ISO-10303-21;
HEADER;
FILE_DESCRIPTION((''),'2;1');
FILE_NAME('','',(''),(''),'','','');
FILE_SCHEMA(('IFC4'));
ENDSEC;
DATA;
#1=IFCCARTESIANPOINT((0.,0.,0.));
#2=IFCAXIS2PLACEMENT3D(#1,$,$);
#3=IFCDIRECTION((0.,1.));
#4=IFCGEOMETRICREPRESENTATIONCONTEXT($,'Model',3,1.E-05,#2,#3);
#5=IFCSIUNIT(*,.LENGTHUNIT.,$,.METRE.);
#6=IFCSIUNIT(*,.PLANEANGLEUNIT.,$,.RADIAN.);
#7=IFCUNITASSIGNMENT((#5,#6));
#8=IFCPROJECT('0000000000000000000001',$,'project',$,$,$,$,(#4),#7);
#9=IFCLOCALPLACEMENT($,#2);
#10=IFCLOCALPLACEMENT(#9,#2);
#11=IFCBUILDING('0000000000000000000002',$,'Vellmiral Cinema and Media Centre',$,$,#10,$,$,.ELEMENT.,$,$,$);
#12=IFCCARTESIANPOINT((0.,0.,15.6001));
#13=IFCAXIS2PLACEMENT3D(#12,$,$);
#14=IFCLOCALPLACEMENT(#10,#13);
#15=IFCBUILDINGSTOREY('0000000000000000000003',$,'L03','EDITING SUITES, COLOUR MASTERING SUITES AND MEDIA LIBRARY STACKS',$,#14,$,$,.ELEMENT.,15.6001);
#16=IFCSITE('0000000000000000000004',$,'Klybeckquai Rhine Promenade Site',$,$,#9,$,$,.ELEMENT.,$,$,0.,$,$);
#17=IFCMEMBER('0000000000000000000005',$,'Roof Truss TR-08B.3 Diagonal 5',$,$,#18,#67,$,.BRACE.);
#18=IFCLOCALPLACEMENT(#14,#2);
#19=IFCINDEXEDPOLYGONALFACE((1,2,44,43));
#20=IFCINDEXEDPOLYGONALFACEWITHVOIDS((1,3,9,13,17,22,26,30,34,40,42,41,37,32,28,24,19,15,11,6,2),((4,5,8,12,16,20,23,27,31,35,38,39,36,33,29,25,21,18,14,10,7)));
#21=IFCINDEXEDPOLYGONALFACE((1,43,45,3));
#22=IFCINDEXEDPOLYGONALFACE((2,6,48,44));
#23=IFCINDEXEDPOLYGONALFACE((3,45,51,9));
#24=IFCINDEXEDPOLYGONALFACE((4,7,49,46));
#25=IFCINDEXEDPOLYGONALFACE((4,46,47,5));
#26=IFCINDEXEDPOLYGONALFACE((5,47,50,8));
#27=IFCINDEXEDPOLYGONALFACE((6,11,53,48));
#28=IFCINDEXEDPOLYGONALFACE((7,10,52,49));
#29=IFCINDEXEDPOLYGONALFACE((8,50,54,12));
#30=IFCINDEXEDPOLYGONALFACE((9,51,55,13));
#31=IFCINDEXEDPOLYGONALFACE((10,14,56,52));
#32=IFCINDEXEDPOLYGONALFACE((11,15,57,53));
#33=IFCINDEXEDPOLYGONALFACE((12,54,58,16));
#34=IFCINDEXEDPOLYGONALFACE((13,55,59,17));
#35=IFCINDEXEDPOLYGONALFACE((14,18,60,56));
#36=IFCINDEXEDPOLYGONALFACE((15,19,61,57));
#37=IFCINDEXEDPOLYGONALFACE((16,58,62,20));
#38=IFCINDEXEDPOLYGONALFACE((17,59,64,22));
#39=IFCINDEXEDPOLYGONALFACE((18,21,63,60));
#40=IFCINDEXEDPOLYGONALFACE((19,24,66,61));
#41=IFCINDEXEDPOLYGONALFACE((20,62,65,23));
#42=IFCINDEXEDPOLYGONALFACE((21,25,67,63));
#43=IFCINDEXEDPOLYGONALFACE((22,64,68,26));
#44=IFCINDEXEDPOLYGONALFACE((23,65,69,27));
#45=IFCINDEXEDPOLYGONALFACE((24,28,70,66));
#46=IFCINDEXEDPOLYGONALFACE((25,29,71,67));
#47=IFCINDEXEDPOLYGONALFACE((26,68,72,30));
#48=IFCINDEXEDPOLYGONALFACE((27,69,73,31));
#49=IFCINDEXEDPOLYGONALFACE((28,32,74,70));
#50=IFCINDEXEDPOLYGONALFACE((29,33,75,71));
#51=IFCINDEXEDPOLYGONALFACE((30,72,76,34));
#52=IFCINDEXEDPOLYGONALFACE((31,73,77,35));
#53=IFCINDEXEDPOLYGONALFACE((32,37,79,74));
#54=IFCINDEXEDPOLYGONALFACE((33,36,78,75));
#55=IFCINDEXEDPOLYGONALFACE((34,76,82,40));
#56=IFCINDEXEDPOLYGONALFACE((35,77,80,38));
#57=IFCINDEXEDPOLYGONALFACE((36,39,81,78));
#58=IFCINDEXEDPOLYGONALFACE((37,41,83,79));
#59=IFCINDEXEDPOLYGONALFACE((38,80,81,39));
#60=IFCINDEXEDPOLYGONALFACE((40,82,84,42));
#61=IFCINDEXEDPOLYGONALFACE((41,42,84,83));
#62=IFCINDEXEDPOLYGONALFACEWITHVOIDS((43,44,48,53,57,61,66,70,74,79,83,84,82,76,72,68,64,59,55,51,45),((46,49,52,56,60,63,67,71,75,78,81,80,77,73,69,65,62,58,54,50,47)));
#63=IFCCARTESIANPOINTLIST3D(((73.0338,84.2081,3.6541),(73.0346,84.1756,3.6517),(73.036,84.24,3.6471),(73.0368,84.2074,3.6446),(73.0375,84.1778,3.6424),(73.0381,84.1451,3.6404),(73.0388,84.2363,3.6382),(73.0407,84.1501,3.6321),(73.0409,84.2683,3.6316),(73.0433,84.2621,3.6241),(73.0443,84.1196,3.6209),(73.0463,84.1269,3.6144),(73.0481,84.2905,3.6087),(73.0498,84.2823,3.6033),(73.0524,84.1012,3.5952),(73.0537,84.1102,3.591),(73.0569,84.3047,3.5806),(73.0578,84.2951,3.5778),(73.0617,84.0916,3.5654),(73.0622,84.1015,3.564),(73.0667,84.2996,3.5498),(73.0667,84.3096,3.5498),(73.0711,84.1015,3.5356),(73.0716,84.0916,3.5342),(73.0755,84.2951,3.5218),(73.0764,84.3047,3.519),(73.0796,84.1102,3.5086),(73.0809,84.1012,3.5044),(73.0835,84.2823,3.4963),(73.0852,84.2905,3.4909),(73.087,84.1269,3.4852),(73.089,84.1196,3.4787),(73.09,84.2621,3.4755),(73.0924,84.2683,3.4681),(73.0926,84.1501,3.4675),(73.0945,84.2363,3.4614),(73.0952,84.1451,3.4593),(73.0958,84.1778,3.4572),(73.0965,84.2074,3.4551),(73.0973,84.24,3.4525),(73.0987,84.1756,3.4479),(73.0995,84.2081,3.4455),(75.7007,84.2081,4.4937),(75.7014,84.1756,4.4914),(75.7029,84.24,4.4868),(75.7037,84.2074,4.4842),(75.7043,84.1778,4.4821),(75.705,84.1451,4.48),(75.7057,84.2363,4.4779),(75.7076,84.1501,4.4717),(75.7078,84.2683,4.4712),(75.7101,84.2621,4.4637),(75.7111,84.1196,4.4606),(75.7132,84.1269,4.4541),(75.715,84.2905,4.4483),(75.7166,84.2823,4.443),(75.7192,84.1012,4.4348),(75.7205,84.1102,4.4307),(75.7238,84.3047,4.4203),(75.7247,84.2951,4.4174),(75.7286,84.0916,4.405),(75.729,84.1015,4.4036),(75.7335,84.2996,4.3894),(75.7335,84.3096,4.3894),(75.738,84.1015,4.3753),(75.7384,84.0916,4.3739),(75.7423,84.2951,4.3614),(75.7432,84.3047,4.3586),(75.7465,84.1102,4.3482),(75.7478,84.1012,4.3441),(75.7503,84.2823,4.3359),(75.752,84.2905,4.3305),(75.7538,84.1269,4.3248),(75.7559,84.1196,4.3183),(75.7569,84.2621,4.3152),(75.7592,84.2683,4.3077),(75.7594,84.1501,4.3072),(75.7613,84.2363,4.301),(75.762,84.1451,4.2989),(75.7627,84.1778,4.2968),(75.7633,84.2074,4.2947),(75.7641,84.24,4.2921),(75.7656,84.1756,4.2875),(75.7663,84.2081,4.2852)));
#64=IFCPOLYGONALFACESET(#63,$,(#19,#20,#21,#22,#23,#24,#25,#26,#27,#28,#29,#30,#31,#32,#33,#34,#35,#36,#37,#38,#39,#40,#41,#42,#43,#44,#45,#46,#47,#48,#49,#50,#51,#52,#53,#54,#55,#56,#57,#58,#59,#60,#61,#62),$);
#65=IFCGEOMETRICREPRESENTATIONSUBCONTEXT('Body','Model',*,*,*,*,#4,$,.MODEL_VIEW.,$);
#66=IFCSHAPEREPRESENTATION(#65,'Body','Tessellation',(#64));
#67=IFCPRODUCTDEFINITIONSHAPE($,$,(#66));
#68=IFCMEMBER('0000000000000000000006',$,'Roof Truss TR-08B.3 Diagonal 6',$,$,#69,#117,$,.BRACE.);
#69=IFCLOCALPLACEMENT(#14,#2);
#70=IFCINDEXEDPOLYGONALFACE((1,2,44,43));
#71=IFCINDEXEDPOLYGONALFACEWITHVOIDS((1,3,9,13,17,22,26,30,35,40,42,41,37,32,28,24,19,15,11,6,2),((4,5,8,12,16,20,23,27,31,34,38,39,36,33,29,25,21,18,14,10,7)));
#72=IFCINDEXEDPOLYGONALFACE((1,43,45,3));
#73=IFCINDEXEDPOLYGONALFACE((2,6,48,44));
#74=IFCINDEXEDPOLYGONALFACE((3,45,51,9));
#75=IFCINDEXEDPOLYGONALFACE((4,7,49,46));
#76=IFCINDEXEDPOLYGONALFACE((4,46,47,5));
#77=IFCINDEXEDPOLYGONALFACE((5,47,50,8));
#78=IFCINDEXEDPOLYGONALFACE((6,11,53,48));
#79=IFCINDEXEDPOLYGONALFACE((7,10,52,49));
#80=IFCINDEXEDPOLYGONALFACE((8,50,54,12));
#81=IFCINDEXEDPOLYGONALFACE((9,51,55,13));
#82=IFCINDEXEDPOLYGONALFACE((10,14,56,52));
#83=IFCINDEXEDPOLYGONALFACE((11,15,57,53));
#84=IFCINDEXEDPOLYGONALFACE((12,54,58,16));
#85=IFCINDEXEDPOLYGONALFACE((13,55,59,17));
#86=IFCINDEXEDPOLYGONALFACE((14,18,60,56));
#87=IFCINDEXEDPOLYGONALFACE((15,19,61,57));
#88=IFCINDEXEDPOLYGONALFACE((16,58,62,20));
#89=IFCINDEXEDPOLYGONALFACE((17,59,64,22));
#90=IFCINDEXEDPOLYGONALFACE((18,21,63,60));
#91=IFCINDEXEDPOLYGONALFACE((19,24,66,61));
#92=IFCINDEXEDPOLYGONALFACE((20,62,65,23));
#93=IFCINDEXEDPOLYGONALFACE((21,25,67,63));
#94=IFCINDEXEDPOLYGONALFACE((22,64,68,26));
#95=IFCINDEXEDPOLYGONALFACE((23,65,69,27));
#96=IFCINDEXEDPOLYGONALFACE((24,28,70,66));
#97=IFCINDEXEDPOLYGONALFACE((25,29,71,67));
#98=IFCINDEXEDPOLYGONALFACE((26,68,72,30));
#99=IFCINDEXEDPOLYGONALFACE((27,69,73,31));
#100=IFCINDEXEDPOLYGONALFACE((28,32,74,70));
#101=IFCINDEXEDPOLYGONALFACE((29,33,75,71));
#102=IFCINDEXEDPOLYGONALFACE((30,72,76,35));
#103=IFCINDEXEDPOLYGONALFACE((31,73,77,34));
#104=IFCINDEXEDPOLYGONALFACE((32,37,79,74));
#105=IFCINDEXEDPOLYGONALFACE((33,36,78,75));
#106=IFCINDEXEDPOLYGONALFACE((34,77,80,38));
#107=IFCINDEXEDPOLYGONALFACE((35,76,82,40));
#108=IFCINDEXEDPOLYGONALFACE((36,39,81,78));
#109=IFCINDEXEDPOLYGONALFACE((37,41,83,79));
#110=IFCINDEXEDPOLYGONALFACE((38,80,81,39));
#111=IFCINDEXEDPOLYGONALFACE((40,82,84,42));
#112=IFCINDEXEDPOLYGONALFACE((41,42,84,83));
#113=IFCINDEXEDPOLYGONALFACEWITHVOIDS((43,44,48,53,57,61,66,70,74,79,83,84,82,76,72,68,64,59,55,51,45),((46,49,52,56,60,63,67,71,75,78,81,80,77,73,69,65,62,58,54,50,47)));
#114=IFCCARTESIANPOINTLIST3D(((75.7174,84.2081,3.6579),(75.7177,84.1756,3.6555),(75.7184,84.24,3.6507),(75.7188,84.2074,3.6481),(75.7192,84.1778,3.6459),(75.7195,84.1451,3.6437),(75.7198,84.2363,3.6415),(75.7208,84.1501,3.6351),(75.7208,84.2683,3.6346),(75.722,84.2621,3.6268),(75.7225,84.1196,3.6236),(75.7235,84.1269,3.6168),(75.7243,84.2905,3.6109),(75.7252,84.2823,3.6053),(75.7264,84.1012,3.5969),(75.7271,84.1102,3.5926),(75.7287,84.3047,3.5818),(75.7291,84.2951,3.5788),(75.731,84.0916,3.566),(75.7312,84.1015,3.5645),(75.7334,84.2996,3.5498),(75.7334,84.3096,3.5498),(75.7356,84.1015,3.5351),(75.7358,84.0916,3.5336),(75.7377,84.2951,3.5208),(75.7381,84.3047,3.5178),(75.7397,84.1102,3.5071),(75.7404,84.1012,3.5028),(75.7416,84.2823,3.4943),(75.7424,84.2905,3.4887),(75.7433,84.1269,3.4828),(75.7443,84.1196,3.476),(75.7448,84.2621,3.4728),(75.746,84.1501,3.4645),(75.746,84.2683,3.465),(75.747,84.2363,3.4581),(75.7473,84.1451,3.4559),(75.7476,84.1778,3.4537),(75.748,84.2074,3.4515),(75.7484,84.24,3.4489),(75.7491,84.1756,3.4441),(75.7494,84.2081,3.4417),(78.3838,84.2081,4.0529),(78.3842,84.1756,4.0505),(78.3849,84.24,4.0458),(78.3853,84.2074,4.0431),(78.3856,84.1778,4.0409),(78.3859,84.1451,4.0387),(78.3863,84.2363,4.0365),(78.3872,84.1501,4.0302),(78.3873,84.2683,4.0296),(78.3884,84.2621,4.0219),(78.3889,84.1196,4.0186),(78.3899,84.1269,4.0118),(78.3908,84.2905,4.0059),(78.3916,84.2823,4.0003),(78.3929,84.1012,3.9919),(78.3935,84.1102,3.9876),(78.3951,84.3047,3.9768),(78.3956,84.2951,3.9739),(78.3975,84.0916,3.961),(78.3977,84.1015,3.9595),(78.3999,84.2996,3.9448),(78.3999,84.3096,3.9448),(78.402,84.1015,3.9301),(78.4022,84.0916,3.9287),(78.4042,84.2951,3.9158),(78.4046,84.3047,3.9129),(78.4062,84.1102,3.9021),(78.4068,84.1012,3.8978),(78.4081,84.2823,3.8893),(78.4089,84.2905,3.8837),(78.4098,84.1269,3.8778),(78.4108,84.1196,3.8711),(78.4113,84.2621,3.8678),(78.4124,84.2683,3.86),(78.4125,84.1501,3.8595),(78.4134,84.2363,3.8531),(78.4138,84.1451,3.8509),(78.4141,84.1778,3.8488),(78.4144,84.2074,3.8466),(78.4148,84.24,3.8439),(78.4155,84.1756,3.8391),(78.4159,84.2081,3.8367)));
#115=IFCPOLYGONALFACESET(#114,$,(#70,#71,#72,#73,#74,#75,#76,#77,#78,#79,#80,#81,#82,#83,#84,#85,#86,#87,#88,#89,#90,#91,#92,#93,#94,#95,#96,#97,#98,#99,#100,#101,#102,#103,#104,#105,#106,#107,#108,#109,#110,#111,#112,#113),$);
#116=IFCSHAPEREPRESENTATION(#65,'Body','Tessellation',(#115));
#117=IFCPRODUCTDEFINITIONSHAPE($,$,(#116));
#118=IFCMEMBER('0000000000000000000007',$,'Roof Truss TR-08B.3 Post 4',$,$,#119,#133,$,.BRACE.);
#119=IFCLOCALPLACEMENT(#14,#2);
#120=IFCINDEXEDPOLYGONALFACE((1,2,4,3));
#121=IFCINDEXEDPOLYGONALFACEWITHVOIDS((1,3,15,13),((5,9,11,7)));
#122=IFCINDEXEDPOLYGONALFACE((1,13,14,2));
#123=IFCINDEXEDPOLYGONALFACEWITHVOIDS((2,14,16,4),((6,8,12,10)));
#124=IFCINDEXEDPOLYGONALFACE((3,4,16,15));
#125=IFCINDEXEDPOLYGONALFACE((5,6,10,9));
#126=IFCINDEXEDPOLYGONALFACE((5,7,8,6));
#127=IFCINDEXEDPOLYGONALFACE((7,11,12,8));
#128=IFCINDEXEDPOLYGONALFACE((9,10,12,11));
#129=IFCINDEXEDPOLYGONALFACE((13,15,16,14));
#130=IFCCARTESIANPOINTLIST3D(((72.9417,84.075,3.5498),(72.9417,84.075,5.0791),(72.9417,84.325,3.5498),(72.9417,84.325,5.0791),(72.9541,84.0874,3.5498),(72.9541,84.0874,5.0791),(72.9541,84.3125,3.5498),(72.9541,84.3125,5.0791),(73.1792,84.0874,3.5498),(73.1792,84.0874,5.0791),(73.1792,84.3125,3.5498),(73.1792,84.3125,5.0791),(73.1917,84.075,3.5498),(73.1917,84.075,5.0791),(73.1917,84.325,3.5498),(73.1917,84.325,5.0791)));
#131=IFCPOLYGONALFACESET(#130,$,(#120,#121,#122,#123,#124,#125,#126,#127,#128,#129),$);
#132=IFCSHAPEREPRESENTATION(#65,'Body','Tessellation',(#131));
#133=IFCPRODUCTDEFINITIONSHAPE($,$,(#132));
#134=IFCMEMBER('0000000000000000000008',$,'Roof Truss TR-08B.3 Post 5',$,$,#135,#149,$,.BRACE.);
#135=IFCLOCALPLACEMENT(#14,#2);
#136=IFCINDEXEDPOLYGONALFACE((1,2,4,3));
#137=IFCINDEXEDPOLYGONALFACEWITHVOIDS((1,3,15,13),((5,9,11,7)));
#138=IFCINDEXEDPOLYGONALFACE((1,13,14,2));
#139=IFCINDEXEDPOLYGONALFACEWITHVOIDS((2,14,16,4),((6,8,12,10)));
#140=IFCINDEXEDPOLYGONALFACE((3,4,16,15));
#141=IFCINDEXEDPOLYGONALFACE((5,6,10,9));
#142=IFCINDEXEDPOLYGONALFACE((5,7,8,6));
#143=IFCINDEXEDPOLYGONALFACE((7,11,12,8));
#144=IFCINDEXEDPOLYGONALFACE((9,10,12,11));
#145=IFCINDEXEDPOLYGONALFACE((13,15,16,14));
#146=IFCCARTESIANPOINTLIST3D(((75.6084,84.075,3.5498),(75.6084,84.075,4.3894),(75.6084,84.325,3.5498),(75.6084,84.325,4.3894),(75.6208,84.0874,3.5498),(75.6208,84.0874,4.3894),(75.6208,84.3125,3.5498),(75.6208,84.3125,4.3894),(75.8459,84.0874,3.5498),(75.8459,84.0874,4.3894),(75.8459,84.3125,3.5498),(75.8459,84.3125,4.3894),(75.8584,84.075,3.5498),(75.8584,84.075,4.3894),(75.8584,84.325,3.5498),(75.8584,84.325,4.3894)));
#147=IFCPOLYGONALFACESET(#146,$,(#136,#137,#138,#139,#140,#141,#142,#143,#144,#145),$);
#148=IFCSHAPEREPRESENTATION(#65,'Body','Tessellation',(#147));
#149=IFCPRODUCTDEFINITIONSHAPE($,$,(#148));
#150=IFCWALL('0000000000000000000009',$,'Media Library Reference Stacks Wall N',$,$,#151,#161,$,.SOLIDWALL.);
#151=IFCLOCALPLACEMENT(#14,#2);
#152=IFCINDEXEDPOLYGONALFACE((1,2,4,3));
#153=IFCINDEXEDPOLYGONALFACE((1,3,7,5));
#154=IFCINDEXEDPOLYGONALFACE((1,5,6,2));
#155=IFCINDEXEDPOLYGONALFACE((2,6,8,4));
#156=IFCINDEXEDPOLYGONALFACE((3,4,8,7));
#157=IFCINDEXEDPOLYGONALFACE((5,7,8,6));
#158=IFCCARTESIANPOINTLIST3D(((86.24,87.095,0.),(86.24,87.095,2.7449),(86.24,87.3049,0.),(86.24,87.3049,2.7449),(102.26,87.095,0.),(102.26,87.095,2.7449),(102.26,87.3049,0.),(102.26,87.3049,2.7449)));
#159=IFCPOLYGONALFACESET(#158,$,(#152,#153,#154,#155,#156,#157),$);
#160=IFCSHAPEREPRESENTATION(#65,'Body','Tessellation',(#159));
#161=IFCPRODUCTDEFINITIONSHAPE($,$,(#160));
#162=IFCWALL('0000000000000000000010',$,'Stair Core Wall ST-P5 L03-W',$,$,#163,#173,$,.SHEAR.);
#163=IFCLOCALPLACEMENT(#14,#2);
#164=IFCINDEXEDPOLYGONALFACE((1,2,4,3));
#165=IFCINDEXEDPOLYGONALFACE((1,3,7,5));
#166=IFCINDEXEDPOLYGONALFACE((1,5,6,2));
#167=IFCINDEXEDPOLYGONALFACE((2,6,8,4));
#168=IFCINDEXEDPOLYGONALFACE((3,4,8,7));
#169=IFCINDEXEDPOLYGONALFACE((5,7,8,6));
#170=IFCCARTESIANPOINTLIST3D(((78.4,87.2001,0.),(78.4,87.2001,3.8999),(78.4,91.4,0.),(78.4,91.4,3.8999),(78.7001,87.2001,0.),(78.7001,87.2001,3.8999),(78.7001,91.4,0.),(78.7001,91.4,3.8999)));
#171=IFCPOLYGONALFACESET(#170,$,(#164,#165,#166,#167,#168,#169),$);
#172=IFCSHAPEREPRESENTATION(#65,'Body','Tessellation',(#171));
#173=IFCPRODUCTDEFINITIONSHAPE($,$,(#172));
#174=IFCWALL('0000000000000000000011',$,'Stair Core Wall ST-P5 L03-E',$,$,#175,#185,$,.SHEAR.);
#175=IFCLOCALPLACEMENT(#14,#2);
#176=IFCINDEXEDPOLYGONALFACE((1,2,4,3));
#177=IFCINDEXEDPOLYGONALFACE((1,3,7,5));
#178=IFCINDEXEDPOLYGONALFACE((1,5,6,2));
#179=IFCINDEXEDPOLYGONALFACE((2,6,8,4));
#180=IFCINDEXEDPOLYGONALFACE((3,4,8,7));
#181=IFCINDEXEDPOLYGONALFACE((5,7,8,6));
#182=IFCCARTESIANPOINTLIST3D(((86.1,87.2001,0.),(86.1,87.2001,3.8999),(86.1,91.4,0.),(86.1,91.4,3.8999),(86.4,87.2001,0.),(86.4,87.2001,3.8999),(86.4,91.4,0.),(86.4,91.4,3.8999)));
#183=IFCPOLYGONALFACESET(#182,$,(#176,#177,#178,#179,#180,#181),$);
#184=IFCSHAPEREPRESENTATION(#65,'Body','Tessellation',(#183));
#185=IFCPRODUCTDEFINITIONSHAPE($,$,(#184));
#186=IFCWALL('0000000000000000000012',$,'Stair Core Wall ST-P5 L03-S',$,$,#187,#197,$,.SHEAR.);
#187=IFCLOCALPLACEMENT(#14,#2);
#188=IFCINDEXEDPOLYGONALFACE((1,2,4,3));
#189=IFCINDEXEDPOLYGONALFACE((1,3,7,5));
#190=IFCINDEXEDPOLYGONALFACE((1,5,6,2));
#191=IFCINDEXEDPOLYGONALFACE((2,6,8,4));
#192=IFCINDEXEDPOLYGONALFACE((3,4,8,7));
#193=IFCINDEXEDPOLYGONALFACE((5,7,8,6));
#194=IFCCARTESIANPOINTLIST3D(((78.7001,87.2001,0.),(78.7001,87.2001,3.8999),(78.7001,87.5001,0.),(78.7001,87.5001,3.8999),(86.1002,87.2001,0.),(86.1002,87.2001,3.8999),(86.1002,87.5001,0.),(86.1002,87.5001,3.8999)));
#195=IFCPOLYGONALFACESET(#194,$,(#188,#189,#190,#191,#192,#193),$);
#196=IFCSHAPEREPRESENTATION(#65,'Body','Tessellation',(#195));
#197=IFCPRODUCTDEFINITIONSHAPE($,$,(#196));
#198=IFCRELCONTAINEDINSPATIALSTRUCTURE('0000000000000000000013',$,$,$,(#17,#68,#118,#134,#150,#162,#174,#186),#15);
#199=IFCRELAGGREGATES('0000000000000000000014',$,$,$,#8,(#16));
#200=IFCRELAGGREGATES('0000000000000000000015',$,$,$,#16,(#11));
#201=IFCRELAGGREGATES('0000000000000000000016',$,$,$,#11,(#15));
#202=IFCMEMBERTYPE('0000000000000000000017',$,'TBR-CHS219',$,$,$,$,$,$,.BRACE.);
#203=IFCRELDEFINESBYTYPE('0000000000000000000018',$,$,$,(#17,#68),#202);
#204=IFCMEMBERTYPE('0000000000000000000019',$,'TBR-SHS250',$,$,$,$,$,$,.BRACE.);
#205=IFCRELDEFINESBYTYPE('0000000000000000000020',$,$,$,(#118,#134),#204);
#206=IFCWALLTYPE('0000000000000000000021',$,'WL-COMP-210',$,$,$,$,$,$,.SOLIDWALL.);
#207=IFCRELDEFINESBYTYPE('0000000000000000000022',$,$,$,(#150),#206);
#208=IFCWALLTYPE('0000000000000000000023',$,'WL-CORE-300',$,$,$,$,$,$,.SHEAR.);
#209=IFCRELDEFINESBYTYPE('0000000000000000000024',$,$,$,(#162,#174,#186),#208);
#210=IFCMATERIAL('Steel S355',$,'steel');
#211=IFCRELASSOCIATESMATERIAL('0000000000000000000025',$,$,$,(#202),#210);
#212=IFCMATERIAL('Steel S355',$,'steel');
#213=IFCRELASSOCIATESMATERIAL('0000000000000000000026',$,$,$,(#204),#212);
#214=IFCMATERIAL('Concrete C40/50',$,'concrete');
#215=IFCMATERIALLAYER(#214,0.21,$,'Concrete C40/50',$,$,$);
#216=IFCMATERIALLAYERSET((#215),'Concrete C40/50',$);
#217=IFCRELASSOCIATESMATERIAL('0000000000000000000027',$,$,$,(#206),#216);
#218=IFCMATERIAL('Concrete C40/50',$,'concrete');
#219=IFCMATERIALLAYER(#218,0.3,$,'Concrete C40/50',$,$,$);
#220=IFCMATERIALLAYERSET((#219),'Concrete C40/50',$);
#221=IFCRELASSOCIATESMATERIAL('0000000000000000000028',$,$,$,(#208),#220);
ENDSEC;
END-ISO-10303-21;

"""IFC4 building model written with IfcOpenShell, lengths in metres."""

from ifc_helpers import new_model, si_unit, direction, frame, frame_2d, origin, origin_2d, place, context, subcontext, project, spatial, rectangle, hollow_rectangle, hollow_circle, extrude, material, layer, layer_set, material_profile, profile_set, type_object, element, save


model = new_model("IFC4")

# Units and contexts
model_context = context("Model", 3, precision=1e-05, world=origin(), true_north=direction((0.0, 1.0)))
body_context = subcontext(model_context, "Body", "Model", "MODEL_VIEW")
ifc_project = project(units=[si_unit("LENGTHUNIT", "METRE"), si_unit("PLANEANGLEUNIT", "RADIAN")], contexts=[model_context])

# Site, building, storey
site_placement = place(None, origin())
site = spatial("IfcSite", under=ifc_project, at=site_placement, Name="Klybeckquai Rhine Promenade Site", CompositionType="ELEMENT", RefElevation=0.0)
building_placement = place(site_placement, origin())
building = spatial("IfcBuilding", under=site, at=building_placement, Name="Vellmiral Cinema and Media Centre", CompositionType="ELEMENT")
storey_placement = place(building_placement, frame((0.0, 0.0, 15.6001)))
storey = spatial("IfcBuildingStorey", under=building, at=storey_placement, Name="L03", Description="EDITING SUITES, COLOUR MASTERING SUITES AND MEDIA LIBRARY STACKS", CompositionType="ELEMENT", Elevation=15.6001)

# Members
ifc_material_1 = material(Name="Steel S355", Category="steel")
ifc_material_profile_1 = material_profile(ifc_material_1, hollow_circle(Radius=0.1096, WallThickness=0.01, at=origin_2d()), Name="CHS 219.1x10.0")
ifc_profile_set_1 = profile_set([ifc_material_profile_1], Name="Steel S355")
member_type_1 = type_object("IfcMemberType", Name="TBR-CHS219", PredefinedType="BRACE", material=ifc_profile_set_1)
member_1_placement = place(storey_placement, frame((73.0667, 84.2, 3.5498), z_axis=(0.953842, 0.0, 0.300308), x_axis=(0.0, 1.0, 0.0)))
element("IfcMember", 1, at=member_1_placement, inside=storey, type_object=member_type_1, Name="Roof Truss TR-08B.3 Diagonal 5", PredefinedType="BRACE", context=body_context, shape_type="SweptSolid", body=[
    extrude(hollow_circle(Radius=0.1096, WallThickness=0.01, at=origin_2d()), origin(), (0.0, 0.0, 1.0), 2.7959),
])
member_2_placement = place(storey_placement, frame((75.7334, 84.2, 3.5498), z_axis=(0.989204, 0.0, 0.146542), x_axis=(0.0, 1.0, 0.0)))
element("IfcMember", 2, at=member_2_placement, inside=storey, type_object=member_type_1, Name="Roof Truss TR-08B.3 Diagonal 6", PredefinedType="BRACE", context=body_context, shape_type="SweptSolid", body=[
    extrude(hollow_circle(Radius=0.1096, WallThickness=0.01, at=origin_2d()), origin(), (0.0, 0.0, 1.0), 2.6956),
])
ifc_material_2 = material(Name="Steel S355", Category="steel")
ifc_material_profile_2 = material_profile(ifc_material_2, hollow_rectangle(XDim=0.25, YDim=0.25, WallThickness=0.0125, at=origin_2d()), Name="SHS 250x250x12.5")
ifc_profile_set_2 = profile_set([ifc_material_profile_2], Name="Steel S355")
member_type_2 = type_object("IfcMemberType", Name="TBR-SHS250", PredefinedType="BRACE", material=ifc_profile_set_2)
member_3_placement = place(storey_placement, frame((73.0667, 84.2, 3.5498), z_axis=(0.0, 0.0, 1.0), x_axis=(1.0, 0.0, 0.0)))
element("IfcMember", 3, at=member_3_placement, inside=storey, type_object=member_type_2, Name="Roof Truss TR-08B.3 Post 4", PredefinedType="BRACE", context=body_context, shape_type="SweptSolid", body=[
    extrude(hollow_rectangle(XDim=0.25, YDim=0.25, WallThickness=0.0125, at=origin_2d()), origin(), (0.0, 0.0, 1.0), 1.5293),
])
member_4_placement = place(storey_placement, frame((75.7334, 84.2, 3.5498), z_axis=(0.0, 0.0, 1.0), x_axis=(1.0, 0.0, 0.0)))
element("IfcMember", 4, at=member_4_placement, inside=storey, type_object=member_type_2, Name="Roof Truss TR-08B.3 Post 5", PredefinedType="BRACE", context=body_context, shape_type="SweptSolid", body=[
    extrude(hollow_rectangle(XDim=0.25, YDim=0.25, WallThickness=0.0125, at=origin_2d()), origin(), (0.0, 0.0, 1.0), 0.8396),
])

# Walls
ifc_material_3 = material(Name="Concrete C40/50", Category="concrete")
ifc_layer_1 = layer(ifc_material_3, 0.21, Name="Concrete C40/50")
ifc_layer_set_1 = layer_set([ifc_layer_1], Name="Concrete C40/50")
wall_type_1 = type_object("IfcWallType", Name="WL-COMP-210", PredefinedType="SOLIDWALL", material=ifc_layer_set_1)
wall_1_placement = place(storey_placement, frame((86.24, 87.2, 0.0), z_axis=(0.0, 0.0, 1.0), x_axis=(1.0, 0.0, 0.0)))
element("IfcWall", 5, at=wall_1_placement, inside=storey, type_object=wall_type_1, Name="Media Library Reference Stacks Wall N", PredefinedType="SOLIDWALL", context=body_context, shape_type="SweptSolid", body=[
    extrude(rectangle(XDim=16.02, YDim=0.21, at=frame_2d((8.01, 0.0))), origin(), (0.0, 0.0, 1.0), 2.7449),
])
ifc_material_4 = material(Name="Concrete C40/50", Category="concrete")
ifc_layer_2 = layer(ifc_material_4, 0.3, Name="Concrete C40/50")
ifc_layer_set_2 = layer_set([ifc_layer_2], Name="Concrete C40/50")
wall_type_2 = type_object("IfcWallType", Name="WL-CORE-300", PredefinedType="SHEAR", material=ifc_layer_set_2)
for number, where, z_axis, x_axis, name in (
    (6, (78.55, 87.2, 0.0), (0.0, 0.0, 1.0), (0.0, 1.0, 0.0), "Stair Core Wall ST-P5 L03-W"),
    (7, (86.25, 87.2, 0.0), (0.0, 0.0, 1.0), (0.0, 1.0, 0.0), "Stair Core Wall ST-P5 L03-E"),
):
    element("IfcWall", number, at=place(storey_placement, frame(where, z_axis=z_axis, x_axis=x_axis)), inside=storey, type_object=wall_type_2, Name=name, PredefinedType="SHEAR", context=body_context, shape_type="SweptSolid", body=[
        extrude(rectangle(XDim=4.2, YDim=0.3, at=frame_2d((2.1001, 0.0))), origin(), (0.0, 0.0, 1.0), 3.8999),
    ])
wall_2_placement = place(storey_placement, frame((78.7, 87.3501, 0.0), z_axis=(0.0, 0.0, 1.0), x_axis=(1.0, 0.0, 0.0)))
element("IfcWall", 8, at=wall_2_placement, inside=storey, type_object=wall_type_2, Name="Stair Core Wall ST-P5 L03-S", PredefinedType="SHEAR", context=body_context, shape_type="SweptSolid", body=[
    extrude(rectangle(XDim=7.4001, YDim=0.3, at=frame_2d((3.7002, 0.0))), origin(), (0.0, 0.0, 1.0), 3.8999),
])

save(model, "model.ifc")
